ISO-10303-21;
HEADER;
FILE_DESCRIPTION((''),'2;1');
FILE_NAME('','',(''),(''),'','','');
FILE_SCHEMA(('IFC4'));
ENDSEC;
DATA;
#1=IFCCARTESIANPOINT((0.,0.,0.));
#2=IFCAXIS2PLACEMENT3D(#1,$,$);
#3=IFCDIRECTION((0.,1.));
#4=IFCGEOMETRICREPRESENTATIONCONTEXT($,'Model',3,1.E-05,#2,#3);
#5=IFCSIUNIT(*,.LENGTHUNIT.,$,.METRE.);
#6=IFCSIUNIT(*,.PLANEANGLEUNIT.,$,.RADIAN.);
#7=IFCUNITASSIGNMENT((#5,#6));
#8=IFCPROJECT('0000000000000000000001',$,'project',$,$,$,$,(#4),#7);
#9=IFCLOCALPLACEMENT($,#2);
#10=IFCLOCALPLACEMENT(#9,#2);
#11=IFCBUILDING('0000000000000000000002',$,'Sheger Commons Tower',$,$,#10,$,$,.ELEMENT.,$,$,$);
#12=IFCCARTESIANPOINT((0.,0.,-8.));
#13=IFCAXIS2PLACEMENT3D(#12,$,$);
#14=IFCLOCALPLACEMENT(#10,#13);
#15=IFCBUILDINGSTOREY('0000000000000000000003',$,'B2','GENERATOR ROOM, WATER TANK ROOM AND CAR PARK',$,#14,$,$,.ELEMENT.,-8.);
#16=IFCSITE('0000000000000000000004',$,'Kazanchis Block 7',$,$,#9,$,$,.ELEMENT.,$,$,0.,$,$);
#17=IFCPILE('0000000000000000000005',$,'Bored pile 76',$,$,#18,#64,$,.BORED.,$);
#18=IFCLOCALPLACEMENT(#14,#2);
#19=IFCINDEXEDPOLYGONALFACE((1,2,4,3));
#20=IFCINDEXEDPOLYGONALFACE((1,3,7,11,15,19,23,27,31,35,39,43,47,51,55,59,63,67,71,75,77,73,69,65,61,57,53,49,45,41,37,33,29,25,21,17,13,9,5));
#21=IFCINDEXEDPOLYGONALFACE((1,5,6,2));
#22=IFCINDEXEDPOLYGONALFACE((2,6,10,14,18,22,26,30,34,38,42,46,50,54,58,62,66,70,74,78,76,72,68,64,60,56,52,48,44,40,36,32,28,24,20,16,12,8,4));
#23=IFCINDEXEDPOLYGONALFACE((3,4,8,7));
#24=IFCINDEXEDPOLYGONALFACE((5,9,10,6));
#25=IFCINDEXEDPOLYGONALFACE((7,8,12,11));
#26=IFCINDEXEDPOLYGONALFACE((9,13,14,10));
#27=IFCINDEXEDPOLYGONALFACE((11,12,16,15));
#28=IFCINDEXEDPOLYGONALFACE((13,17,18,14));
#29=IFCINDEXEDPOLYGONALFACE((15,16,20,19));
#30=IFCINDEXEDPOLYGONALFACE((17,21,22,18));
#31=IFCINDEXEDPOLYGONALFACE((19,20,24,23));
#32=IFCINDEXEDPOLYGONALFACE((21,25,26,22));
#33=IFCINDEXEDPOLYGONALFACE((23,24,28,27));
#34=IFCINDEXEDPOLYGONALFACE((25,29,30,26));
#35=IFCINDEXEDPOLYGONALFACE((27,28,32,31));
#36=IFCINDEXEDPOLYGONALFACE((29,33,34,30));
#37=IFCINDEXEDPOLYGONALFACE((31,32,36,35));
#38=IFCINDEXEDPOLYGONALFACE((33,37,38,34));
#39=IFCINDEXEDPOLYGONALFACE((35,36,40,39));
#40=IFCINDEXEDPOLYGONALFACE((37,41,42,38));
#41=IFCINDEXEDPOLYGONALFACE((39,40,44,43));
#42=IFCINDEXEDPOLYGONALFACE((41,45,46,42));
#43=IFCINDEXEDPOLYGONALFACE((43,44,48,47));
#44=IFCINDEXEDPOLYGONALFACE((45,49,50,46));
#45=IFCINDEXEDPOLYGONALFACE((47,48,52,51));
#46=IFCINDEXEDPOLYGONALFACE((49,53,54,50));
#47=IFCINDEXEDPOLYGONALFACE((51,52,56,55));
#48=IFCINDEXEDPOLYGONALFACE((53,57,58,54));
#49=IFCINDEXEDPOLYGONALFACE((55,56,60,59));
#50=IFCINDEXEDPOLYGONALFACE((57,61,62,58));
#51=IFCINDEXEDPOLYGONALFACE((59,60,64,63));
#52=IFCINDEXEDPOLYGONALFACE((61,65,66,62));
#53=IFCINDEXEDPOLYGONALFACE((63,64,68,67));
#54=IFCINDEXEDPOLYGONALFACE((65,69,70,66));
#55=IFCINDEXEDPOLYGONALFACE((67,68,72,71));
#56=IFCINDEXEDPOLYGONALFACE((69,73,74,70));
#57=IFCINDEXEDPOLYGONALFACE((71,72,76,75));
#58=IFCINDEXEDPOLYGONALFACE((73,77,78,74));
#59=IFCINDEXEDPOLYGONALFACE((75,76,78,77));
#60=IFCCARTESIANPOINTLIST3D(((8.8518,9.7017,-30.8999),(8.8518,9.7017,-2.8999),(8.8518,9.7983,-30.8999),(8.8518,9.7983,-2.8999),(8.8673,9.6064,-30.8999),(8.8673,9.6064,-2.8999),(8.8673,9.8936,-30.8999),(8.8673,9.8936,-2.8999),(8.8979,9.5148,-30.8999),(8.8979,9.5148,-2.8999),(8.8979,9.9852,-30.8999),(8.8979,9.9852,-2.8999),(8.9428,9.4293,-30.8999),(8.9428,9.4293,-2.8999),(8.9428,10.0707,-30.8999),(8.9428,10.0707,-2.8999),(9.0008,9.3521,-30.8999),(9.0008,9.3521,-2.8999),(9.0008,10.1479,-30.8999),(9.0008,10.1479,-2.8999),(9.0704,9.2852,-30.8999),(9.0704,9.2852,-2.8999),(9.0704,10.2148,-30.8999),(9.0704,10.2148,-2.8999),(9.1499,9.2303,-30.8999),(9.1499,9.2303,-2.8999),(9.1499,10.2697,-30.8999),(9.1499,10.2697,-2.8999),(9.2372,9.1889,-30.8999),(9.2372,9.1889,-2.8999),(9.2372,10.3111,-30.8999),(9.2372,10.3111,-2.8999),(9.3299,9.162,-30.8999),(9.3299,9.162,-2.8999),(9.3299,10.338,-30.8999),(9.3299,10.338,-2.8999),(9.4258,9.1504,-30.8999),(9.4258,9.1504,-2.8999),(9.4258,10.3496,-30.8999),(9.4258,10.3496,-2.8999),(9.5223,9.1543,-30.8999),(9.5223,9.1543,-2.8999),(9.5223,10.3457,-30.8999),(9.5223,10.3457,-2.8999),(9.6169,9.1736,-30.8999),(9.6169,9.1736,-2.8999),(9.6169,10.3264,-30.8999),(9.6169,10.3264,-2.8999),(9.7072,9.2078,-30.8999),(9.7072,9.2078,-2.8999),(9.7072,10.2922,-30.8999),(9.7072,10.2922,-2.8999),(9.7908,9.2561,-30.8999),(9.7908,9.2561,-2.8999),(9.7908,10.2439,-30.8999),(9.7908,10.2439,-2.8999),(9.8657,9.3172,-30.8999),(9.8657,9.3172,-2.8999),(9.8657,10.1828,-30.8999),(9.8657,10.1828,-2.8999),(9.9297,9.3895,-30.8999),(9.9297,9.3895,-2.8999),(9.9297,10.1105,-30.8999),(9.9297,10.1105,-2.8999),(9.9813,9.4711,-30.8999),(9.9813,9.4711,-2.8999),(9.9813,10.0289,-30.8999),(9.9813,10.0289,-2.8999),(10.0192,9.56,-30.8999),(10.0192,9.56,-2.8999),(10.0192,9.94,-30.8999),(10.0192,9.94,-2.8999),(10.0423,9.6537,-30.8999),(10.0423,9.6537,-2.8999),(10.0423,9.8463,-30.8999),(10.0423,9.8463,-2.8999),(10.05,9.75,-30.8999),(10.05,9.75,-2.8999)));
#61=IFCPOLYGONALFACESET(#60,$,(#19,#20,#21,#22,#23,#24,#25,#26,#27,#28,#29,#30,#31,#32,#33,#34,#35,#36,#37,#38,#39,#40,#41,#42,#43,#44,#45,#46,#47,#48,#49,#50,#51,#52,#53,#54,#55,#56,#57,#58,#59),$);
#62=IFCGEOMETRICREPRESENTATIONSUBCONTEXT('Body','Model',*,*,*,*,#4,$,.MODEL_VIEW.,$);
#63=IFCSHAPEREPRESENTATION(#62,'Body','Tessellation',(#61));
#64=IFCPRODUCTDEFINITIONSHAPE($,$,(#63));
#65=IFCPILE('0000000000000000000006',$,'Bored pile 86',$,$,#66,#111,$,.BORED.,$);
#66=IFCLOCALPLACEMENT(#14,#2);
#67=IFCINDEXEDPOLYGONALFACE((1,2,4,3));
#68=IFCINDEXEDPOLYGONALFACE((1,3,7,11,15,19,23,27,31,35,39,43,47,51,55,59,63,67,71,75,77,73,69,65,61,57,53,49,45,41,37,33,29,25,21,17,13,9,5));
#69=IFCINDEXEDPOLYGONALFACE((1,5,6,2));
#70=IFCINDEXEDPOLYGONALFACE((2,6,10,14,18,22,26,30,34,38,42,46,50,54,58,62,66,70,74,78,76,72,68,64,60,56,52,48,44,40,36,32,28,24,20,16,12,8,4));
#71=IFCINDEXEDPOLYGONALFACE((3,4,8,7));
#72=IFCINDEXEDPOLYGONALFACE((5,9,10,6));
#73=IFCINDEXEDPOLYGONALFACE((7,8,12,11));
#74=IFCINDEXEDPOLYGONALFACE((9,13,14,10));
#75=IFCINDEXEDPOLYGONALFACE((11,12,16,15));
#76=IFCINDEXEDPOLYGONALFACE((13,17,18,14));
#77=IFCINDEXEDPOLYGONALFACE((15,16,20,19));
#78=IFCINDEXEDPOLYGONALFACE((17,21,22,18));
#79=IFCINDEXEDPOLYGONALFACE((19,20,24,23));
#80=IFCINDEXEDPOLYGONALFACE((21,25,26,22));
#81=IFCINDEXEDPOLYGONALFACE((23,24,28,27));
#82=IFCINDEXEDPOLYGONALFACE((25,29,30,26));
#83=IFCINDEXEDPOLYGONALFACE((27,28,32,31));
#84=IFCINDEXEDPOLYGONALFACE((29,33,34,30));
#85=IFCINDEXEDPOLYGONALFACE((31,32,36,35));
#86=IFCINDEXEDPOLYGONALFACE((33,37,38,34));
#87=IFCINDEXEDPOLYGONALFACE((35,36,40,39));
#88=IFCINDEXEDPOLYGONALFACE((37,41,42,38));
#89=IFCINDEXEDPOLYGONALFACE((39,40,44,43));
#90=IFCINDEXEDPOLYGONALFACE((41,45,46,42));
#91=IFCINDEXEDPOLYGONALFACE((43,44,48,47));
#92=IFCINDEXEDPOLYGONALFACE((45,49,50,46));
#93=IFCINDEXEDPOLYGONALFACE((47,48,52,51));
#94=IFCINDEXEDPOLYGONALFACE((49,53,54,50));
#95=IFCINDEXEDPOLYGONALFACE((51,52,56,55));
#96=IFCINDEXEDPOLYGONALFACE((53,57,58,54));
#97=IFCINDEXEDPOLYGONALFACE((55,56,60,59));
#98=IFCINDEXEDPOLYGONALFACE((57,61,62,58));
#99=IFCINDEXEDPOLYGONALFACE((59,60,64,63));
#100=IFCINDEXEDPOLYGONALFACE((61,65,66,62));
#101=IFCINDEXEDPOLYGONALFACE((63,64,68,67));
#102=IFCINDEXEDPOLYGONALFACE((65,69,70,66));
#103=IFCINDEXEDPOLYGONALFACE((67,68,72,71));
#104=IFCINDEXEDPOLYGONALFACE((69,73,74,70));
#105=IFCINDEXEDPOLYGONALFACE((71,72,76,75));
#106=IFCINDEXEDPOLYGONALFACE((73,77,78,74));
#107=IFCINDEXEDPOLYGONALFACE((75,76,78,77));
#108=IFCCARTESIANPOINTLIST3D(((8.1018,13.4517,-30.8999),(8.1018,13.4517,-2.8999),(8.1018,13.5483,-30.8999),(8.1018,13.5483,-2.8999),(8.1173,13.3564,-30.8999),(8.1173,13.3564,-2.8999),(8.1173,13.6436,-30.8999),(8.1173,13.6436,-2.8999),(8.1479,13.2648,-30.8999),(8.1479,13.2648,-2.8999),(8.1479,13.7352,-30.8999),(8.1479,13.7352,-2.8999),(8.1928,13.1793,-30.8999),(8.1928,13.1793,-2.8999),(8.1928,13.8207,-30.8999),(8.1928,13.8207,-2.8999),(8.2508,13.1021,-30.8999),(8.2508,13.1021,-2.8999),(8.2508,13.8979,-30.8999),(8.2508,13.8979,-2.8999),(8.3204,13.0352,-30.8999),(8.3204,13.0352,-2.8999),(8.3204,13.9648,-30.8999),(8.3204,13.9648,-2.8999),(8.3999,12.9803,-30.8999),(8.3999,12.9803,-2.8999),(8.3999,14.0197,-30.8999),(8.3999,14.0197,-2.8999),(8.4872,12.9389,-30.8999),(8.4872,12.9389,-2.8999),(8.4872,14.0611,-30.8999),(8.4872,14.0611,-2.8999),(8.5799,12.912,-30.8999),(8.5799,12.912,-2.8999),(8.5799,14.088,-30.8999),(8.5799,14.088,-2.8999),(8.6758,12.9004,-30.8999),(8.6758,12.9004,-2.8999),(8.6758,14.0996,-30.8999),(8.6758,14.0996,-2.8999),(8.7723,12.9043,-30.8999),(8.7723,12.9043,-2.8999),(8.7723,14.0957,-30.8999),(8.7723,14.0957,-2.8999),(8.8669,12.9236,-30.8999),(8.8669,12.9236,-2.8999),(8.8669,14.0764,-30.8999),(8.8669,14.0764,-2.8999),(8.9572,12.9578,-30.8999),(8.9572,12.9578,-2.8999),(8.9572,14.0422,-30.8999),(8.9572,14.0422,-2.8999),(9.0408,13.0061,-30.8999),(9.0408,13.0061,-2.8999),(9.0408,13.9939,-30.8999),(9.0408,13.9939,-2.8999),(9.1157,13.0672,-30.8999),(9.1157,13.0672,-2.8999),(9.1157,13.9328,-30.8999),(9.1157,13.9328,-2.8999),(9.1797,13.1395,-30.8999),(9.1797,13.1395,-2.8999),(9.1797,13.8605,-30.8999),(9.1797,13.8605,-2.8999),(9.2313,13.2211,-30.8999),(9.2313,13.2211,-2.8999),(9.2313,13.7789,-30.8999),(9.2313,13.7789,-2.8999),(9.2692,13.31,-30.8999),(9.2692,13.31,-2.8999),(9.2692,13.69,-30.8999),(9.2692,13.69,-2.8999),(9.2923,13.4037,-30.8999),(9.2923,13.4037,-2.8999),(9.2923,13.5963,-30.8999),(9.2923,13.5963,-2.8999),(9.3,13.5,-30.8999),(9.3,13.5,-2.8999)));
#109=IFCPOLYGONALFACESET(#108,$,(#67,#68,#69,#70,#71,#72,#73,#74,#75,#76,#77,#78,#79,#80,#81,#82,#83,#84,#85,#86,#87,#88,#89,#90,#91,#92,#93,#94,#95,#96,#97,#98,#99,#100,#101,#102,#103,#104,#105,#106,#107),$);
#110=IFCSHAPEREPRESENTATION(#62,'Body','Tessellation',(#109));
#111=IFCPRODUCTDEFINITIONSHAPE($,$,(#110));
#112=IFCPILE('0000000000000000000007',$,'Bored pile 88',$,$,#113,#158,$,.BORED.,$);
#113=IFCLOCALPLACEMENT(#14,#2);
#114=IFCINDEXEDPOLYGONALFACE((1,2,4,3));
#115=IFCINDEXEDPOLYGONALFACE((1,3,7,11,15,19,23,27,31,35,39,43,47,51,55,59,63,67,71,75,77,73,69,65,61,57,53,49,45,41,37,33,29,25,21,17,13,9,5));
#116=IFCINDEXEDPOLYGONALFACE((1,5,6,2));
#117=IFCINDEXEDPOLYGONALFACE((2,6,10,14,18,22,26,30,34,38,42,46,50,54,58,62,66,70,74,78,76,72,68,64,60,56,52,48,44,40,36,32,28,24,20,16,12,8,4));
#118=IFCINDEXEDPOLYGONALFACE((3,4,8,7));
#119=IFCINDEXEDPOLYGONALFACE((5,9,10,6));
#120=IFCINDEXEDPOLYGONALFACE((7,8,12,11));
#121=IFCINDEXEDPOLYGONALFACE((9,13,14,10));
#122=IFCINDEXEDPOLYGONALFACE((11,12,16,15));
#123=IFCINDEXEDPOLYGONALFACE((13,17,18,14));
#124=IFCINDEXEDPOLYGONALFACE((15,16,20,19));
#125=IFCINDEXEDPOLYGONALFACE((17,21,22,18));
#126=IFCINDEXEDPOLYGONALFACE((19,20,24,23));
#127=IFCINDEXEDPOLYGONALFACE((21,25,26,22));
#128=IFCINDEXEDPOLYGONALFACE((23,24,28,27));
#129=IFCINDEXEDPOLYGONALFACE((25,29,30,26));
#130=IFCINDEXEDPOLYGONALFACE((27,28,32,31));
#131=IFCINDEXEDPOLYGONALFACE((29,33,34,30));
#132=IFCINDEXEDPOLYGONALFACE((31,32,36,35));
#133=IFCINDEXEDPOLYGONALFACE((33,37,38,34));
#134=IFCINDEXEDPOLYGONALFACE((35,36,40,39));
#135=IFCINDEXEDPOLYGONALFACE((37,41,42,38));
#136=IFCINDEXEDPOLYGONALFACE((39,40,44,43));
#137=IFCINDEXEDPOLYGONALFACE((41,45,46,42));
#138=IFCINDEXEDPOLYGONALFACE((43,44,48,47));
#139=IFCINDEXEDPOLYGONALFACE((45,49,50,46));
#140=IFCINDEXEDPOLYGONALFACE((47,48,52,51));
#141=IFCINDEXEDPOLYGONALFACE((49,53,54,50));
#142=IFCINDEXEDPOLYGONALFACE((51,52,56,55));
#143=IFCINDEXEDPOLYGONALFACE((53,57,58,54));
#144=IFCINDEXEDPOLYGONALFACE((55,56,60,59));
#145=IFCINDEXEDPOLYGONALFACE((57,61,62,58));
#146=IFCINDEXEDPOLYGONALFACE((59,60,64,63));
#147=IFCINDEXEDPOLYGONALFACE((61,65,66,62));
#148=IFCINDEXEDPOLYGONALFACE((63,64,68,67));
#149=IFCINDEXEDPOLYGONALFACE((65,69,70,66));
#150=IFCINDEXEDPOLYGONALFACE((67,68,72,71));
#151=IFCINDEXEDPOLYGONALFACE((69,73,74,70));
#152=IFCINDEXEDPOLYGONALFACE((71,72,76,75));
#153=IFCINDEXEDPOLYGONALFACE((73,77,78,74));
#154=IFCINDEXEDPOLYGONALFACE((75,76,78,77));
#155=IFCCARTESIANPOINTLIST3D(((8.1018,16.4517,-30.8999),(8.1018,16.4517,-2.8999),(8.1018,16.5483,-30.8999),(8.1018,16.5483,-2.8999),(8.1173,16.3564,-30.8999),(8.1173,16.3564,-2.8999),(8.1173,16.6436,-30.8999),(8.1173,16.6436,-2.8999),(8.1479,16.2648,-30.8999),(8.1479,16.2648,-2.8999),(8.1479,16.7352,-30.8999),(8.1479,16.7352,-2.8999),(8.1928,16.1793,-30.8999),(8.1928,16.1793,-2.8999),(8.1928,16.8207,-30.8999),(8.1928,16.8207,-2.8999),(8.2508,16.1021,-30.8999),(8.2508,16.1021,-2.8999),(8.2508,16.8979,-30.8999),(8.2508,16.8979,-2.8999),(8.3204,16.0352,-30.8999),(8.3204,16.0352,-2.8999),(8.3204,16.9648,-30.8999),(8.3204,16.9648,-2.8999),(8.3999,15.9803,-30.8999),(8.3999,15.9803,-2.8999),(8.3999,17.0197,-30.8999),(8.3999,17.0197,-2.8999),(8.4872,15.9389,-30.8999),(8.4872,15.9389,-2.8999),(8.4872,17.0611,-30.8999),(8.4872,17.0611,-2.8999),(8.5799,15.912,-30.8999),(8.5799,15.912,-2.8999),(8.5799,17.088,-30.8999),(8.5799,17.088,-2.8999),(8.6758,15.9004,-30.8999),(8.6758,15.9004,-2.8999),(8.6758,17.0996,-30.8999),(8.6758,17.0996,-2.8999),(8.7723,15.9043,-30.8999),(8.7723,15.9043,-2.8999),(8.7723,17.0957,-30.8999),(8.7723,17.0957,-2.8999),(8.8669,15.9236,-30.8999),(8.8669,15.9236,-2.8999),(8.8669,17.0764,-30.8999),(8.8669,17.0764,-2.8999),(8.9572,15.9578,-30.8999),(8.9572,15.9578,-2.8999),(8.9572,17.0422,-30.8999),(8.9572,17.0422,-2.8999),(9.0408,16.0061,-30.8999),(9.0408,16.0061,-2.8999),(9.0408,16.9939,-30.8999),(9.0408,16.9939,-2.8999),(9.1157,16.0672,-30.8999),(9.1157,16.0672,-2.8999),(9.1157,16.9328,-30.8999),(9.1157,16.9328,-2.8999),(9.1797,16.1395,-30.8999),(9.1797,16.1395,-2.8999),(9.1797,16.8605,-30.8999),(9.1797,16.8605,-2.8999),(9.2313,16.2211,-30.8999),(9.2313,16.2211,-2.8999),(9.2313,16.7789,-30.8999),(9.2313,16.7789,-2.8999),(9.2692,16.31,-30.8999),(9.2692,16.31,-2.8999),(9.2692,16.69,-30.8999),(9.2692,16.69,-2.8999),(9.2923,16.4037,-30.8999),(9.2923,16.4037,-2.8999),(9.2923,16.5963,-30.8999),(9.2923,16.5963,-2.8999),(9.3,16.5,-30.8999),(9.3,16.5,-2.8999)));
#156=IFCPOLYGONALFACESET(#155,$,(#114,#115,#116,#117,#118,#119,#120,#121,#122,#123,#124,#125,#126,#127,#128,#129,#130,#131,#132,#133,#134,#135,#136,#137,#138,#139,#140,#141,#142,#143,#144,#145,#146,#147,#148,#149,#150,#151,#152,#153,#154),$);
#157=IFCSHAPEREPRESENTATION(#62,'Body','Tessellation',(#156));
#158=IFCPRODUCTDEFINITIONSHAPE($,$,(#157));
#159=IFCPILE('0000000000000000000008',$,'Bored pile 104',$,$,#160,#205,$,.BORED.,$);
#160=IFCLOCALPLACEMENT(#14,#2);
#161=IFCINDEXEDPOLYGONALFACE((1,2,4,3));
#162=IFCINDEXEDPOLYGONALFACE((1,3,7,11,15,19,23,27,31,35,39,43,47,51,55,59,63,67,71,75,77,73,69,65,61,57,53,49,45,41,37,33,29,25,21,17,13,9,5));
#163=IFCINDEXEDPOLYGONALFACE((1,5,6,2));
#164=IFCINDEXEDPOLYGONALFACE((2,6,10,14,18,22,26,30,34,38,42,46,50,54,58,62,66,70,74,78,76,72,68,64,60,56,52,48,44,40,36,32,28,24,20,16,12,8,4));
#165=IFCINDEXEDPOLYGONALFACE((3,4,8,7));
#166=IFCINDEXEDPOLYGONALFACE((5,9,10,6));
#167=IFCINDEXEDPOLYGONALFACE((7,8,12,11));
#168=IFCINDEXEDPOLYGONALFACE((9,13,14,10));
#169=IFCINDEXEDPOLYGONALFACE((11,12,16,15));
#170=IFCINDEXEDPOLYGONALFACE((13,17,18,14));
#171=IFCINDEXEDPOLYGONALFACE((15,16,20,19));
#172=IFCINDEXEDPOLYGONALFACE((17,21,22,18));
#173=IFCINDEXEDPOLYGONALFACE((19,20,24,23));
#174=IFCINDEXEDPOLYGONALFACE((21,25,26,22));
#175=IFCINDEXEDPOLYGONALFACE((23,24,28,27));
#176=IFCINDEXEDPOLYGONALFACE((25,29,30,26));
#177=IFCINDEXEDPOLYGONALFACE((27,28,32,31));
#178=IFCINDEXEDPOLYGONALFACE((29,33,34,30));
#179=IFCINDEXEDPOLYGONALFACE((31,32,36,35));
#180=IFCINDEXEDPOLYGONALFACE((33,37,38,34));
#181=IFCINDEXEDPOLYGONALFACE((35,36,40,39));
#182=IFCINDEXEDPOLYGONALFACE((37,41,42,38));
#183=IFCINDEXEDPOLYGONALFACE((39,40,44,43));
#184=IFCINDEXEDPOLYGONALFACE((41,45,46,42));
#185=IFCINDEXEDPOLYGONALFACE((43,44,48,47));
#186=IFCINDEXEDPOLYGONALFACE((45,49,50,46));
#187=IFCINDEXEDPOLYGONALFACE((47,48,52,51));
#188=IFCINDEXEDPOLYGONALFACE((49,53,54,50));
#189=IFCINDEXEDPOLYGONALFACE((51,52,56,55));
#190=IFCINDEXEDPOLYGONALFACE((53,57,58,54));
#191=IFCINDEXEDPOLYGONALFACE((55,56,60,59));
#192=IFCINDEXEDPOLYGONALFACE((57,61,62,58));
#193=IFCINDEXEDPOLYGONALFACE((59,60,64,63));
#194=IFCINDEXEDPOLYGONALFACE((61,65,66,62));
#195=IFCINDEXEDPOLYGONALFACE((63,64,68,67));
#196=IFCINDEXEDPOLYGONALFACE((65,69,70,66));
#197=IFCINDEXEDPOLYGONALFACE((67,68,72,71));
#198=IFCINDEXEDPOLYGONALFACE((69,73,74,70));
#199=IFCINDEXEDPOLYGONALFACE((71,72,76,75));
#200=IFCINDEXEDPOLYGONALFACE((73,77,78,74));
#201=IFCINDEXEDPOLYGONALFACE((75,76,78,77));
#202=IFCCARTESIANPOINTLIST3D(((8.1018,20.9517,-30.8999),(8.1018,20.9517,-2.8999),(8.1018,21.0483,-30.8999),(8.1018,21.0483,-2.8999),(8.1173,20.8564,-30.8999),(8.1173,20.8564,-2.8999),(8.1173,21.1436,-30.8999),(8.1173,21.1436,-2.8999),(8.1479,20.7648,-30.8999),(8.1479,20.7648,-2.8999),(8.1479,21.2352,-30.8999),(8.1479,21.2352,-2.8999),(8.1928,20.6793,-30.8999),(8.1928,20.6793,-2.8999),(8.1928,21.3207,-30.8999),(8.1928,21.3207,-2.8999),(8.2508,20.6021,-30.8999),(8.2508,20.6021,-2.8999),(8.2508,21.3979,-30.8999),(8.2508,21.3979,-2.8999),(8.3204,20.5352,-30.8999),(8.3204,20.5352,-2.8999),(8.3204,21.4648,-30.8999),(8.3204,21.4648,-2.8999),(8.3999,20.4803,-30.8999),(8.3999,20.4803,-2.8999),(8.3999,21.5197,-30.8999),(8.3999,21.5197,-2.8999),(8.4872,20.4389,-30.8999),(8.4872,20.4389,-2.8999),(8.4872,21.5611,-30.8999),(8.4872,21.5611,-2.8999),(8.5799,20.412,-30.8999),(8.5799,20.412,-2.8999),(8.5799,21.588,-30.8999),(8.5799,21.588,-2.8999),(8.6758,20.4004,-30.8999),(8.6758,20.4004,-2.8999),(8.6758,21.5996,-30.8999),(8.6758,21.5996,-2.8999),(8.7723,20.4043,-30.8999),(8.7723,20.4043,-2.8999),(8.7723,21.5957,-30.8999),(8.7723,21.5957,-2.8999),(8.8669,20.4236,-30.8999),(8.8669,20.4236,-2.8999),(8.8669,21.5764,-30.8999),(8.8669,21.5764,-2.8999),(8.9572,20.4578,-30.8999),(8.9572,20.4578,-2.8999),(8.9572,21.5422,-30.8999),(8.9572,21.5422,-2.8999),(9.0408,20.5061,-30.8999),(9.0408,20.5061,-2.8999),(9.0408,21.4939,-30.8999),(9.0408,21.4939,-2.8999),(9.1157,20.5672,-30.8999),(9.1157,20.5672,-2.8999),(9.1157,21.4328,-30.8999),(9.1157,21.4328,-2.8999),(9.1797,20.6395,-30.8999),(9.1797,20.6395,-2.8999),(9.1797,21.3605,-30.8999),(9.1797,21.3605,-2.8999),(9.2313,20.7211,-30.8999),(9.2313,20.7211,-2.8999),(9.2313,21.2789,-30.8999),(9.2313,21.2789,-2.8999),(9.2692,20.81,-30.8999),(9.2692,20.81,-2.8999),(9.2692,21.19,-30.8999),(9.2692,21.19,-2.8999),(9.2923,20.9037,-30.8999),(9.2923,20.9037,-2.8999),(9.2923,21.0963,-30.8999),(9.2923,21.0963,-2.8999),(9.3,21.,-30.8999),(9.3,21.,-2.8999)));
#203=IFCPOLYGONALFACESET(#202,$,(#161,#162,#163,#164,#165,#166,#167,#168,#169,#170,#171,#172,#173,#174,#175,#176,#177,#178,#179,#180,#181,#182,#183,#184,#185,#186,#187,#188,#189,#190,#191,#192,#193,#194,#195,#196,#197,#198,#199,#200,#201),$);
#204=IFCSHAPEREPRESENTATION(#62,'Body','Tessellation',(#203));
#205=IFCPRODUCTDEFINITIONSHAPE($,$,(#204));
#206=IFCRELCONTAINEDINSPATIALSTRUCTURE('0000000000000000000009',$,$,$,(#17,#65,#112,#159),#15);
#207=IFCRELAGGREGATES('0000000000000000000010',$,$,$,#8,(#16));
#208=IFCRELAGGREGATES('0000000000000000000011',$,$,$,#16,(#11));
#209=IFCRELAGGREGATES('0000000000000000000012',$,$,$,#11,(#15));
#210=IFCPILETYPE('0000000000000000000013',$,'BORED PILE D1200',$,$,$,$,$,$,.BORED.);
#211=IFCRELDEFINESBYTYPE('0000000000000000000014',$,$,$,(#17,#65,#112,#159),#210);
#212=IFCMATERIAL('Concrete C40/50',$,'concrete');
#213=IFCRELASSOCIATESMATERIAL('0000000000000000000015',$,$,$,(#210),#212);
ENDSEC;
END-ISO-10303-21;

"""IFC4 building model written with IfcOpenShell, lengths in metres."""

from ifc_helpers import new_model, si_unit, direction, frame, origin, origin_2d, place, context, subcontext, project, spatial, circle, extrude, material, material_profile, profile_set, type_object, element, save


model = new_model("IFC4")

# Units and contexts
model_context = context("Model", 3, precision=1e-05, world=origin(), true_north=direction((0.0, 1.0)))
body_context = subcontext(model_context, "Body", "Model", "MODEL_VIEW")
ifc_project = project(units=[si_unit("LENGTHUNIT", "METRE"), si_unit("PLANEANGLEUNIT", "RADIAN")], contexts=[model_context])

# Site, building, storey
site_placement = place(None, origin())
site = spatial("IfcSite", under=ifc_project, at=site_placement, Name="Kazanchis Block 7", CompositionType="ELEMENT", RefElevation=0.0)
building_placement = place(site_placement, origin())
building = spatial("IfcBuilding", under=site, at=building_placement, Name="Sheger Commons Tower", CompositionType="ELEMENT")
storey_placement = place(building_placement, frame((0.0, 0.0, -8.0)))
storey = spatial("IfcBuildingStorey", under=building, at=storey_placement, Name="B2", Description="GENERATOR ROOM, WATER TANK ROOM AND CAR PARK", CompositionType="ELEMENT", Elevation=-8.0)

# Piles
ifc_material_1 = material(Name="Concrete C40/50", Category="concrete")
ifc_material_profile_1 = material_profile(ifc_material_1, circle(Radius=0.6001, at=origin_2d()), Name="PILE D1200")
ifc_profile_set_1 = profile_set([ifc_material_profile_1], Name="Concrete C40/50")
pile_type_1 = type_object("IfcPileType", Name="BORED PILE D1200", PredefinedType="BORED", material=ifc_profile_set_1)
for number, where, z_axis, x_axis, name in (
    (1, (9.45, 9.75, -2.8999), (0.0, 0.0, -1.0), (1.0, 0.0, 0.0), "Bored pile 76"),
    (2, (8.7, 13.5, -2.8999), (0.0, 0.0, -1.0), (1.0, 0.0, 0.0), "Bored pile 86"),
    (3, (8.7, 16.5, -2.8999), (0.0, 0.0, -1.0), (1.0, 0.0, 0.0), "Bored pile 88"),
    (4, (8.7, 21.0, -2.8999), (0.0, 0.0, -1.0), (1.0, 0.0, 0.0), "Bored pile 104"),
):
    element("IfcPile", number, at=place(storey_placement, frame(where, z_axis=z_axis, x_axis=x_axis)), inside=storey, type_object=pile_type_1, Name=name, PredefinedType="BORED", context=body_context, shape_type="SweptSolid", body=[
        extrude(circle(Radius=0.6001, at=origin_2d()), origin(), (0.0, 0.0, 1.0), 28.0),
    ])

save(model, "model.ifc")
